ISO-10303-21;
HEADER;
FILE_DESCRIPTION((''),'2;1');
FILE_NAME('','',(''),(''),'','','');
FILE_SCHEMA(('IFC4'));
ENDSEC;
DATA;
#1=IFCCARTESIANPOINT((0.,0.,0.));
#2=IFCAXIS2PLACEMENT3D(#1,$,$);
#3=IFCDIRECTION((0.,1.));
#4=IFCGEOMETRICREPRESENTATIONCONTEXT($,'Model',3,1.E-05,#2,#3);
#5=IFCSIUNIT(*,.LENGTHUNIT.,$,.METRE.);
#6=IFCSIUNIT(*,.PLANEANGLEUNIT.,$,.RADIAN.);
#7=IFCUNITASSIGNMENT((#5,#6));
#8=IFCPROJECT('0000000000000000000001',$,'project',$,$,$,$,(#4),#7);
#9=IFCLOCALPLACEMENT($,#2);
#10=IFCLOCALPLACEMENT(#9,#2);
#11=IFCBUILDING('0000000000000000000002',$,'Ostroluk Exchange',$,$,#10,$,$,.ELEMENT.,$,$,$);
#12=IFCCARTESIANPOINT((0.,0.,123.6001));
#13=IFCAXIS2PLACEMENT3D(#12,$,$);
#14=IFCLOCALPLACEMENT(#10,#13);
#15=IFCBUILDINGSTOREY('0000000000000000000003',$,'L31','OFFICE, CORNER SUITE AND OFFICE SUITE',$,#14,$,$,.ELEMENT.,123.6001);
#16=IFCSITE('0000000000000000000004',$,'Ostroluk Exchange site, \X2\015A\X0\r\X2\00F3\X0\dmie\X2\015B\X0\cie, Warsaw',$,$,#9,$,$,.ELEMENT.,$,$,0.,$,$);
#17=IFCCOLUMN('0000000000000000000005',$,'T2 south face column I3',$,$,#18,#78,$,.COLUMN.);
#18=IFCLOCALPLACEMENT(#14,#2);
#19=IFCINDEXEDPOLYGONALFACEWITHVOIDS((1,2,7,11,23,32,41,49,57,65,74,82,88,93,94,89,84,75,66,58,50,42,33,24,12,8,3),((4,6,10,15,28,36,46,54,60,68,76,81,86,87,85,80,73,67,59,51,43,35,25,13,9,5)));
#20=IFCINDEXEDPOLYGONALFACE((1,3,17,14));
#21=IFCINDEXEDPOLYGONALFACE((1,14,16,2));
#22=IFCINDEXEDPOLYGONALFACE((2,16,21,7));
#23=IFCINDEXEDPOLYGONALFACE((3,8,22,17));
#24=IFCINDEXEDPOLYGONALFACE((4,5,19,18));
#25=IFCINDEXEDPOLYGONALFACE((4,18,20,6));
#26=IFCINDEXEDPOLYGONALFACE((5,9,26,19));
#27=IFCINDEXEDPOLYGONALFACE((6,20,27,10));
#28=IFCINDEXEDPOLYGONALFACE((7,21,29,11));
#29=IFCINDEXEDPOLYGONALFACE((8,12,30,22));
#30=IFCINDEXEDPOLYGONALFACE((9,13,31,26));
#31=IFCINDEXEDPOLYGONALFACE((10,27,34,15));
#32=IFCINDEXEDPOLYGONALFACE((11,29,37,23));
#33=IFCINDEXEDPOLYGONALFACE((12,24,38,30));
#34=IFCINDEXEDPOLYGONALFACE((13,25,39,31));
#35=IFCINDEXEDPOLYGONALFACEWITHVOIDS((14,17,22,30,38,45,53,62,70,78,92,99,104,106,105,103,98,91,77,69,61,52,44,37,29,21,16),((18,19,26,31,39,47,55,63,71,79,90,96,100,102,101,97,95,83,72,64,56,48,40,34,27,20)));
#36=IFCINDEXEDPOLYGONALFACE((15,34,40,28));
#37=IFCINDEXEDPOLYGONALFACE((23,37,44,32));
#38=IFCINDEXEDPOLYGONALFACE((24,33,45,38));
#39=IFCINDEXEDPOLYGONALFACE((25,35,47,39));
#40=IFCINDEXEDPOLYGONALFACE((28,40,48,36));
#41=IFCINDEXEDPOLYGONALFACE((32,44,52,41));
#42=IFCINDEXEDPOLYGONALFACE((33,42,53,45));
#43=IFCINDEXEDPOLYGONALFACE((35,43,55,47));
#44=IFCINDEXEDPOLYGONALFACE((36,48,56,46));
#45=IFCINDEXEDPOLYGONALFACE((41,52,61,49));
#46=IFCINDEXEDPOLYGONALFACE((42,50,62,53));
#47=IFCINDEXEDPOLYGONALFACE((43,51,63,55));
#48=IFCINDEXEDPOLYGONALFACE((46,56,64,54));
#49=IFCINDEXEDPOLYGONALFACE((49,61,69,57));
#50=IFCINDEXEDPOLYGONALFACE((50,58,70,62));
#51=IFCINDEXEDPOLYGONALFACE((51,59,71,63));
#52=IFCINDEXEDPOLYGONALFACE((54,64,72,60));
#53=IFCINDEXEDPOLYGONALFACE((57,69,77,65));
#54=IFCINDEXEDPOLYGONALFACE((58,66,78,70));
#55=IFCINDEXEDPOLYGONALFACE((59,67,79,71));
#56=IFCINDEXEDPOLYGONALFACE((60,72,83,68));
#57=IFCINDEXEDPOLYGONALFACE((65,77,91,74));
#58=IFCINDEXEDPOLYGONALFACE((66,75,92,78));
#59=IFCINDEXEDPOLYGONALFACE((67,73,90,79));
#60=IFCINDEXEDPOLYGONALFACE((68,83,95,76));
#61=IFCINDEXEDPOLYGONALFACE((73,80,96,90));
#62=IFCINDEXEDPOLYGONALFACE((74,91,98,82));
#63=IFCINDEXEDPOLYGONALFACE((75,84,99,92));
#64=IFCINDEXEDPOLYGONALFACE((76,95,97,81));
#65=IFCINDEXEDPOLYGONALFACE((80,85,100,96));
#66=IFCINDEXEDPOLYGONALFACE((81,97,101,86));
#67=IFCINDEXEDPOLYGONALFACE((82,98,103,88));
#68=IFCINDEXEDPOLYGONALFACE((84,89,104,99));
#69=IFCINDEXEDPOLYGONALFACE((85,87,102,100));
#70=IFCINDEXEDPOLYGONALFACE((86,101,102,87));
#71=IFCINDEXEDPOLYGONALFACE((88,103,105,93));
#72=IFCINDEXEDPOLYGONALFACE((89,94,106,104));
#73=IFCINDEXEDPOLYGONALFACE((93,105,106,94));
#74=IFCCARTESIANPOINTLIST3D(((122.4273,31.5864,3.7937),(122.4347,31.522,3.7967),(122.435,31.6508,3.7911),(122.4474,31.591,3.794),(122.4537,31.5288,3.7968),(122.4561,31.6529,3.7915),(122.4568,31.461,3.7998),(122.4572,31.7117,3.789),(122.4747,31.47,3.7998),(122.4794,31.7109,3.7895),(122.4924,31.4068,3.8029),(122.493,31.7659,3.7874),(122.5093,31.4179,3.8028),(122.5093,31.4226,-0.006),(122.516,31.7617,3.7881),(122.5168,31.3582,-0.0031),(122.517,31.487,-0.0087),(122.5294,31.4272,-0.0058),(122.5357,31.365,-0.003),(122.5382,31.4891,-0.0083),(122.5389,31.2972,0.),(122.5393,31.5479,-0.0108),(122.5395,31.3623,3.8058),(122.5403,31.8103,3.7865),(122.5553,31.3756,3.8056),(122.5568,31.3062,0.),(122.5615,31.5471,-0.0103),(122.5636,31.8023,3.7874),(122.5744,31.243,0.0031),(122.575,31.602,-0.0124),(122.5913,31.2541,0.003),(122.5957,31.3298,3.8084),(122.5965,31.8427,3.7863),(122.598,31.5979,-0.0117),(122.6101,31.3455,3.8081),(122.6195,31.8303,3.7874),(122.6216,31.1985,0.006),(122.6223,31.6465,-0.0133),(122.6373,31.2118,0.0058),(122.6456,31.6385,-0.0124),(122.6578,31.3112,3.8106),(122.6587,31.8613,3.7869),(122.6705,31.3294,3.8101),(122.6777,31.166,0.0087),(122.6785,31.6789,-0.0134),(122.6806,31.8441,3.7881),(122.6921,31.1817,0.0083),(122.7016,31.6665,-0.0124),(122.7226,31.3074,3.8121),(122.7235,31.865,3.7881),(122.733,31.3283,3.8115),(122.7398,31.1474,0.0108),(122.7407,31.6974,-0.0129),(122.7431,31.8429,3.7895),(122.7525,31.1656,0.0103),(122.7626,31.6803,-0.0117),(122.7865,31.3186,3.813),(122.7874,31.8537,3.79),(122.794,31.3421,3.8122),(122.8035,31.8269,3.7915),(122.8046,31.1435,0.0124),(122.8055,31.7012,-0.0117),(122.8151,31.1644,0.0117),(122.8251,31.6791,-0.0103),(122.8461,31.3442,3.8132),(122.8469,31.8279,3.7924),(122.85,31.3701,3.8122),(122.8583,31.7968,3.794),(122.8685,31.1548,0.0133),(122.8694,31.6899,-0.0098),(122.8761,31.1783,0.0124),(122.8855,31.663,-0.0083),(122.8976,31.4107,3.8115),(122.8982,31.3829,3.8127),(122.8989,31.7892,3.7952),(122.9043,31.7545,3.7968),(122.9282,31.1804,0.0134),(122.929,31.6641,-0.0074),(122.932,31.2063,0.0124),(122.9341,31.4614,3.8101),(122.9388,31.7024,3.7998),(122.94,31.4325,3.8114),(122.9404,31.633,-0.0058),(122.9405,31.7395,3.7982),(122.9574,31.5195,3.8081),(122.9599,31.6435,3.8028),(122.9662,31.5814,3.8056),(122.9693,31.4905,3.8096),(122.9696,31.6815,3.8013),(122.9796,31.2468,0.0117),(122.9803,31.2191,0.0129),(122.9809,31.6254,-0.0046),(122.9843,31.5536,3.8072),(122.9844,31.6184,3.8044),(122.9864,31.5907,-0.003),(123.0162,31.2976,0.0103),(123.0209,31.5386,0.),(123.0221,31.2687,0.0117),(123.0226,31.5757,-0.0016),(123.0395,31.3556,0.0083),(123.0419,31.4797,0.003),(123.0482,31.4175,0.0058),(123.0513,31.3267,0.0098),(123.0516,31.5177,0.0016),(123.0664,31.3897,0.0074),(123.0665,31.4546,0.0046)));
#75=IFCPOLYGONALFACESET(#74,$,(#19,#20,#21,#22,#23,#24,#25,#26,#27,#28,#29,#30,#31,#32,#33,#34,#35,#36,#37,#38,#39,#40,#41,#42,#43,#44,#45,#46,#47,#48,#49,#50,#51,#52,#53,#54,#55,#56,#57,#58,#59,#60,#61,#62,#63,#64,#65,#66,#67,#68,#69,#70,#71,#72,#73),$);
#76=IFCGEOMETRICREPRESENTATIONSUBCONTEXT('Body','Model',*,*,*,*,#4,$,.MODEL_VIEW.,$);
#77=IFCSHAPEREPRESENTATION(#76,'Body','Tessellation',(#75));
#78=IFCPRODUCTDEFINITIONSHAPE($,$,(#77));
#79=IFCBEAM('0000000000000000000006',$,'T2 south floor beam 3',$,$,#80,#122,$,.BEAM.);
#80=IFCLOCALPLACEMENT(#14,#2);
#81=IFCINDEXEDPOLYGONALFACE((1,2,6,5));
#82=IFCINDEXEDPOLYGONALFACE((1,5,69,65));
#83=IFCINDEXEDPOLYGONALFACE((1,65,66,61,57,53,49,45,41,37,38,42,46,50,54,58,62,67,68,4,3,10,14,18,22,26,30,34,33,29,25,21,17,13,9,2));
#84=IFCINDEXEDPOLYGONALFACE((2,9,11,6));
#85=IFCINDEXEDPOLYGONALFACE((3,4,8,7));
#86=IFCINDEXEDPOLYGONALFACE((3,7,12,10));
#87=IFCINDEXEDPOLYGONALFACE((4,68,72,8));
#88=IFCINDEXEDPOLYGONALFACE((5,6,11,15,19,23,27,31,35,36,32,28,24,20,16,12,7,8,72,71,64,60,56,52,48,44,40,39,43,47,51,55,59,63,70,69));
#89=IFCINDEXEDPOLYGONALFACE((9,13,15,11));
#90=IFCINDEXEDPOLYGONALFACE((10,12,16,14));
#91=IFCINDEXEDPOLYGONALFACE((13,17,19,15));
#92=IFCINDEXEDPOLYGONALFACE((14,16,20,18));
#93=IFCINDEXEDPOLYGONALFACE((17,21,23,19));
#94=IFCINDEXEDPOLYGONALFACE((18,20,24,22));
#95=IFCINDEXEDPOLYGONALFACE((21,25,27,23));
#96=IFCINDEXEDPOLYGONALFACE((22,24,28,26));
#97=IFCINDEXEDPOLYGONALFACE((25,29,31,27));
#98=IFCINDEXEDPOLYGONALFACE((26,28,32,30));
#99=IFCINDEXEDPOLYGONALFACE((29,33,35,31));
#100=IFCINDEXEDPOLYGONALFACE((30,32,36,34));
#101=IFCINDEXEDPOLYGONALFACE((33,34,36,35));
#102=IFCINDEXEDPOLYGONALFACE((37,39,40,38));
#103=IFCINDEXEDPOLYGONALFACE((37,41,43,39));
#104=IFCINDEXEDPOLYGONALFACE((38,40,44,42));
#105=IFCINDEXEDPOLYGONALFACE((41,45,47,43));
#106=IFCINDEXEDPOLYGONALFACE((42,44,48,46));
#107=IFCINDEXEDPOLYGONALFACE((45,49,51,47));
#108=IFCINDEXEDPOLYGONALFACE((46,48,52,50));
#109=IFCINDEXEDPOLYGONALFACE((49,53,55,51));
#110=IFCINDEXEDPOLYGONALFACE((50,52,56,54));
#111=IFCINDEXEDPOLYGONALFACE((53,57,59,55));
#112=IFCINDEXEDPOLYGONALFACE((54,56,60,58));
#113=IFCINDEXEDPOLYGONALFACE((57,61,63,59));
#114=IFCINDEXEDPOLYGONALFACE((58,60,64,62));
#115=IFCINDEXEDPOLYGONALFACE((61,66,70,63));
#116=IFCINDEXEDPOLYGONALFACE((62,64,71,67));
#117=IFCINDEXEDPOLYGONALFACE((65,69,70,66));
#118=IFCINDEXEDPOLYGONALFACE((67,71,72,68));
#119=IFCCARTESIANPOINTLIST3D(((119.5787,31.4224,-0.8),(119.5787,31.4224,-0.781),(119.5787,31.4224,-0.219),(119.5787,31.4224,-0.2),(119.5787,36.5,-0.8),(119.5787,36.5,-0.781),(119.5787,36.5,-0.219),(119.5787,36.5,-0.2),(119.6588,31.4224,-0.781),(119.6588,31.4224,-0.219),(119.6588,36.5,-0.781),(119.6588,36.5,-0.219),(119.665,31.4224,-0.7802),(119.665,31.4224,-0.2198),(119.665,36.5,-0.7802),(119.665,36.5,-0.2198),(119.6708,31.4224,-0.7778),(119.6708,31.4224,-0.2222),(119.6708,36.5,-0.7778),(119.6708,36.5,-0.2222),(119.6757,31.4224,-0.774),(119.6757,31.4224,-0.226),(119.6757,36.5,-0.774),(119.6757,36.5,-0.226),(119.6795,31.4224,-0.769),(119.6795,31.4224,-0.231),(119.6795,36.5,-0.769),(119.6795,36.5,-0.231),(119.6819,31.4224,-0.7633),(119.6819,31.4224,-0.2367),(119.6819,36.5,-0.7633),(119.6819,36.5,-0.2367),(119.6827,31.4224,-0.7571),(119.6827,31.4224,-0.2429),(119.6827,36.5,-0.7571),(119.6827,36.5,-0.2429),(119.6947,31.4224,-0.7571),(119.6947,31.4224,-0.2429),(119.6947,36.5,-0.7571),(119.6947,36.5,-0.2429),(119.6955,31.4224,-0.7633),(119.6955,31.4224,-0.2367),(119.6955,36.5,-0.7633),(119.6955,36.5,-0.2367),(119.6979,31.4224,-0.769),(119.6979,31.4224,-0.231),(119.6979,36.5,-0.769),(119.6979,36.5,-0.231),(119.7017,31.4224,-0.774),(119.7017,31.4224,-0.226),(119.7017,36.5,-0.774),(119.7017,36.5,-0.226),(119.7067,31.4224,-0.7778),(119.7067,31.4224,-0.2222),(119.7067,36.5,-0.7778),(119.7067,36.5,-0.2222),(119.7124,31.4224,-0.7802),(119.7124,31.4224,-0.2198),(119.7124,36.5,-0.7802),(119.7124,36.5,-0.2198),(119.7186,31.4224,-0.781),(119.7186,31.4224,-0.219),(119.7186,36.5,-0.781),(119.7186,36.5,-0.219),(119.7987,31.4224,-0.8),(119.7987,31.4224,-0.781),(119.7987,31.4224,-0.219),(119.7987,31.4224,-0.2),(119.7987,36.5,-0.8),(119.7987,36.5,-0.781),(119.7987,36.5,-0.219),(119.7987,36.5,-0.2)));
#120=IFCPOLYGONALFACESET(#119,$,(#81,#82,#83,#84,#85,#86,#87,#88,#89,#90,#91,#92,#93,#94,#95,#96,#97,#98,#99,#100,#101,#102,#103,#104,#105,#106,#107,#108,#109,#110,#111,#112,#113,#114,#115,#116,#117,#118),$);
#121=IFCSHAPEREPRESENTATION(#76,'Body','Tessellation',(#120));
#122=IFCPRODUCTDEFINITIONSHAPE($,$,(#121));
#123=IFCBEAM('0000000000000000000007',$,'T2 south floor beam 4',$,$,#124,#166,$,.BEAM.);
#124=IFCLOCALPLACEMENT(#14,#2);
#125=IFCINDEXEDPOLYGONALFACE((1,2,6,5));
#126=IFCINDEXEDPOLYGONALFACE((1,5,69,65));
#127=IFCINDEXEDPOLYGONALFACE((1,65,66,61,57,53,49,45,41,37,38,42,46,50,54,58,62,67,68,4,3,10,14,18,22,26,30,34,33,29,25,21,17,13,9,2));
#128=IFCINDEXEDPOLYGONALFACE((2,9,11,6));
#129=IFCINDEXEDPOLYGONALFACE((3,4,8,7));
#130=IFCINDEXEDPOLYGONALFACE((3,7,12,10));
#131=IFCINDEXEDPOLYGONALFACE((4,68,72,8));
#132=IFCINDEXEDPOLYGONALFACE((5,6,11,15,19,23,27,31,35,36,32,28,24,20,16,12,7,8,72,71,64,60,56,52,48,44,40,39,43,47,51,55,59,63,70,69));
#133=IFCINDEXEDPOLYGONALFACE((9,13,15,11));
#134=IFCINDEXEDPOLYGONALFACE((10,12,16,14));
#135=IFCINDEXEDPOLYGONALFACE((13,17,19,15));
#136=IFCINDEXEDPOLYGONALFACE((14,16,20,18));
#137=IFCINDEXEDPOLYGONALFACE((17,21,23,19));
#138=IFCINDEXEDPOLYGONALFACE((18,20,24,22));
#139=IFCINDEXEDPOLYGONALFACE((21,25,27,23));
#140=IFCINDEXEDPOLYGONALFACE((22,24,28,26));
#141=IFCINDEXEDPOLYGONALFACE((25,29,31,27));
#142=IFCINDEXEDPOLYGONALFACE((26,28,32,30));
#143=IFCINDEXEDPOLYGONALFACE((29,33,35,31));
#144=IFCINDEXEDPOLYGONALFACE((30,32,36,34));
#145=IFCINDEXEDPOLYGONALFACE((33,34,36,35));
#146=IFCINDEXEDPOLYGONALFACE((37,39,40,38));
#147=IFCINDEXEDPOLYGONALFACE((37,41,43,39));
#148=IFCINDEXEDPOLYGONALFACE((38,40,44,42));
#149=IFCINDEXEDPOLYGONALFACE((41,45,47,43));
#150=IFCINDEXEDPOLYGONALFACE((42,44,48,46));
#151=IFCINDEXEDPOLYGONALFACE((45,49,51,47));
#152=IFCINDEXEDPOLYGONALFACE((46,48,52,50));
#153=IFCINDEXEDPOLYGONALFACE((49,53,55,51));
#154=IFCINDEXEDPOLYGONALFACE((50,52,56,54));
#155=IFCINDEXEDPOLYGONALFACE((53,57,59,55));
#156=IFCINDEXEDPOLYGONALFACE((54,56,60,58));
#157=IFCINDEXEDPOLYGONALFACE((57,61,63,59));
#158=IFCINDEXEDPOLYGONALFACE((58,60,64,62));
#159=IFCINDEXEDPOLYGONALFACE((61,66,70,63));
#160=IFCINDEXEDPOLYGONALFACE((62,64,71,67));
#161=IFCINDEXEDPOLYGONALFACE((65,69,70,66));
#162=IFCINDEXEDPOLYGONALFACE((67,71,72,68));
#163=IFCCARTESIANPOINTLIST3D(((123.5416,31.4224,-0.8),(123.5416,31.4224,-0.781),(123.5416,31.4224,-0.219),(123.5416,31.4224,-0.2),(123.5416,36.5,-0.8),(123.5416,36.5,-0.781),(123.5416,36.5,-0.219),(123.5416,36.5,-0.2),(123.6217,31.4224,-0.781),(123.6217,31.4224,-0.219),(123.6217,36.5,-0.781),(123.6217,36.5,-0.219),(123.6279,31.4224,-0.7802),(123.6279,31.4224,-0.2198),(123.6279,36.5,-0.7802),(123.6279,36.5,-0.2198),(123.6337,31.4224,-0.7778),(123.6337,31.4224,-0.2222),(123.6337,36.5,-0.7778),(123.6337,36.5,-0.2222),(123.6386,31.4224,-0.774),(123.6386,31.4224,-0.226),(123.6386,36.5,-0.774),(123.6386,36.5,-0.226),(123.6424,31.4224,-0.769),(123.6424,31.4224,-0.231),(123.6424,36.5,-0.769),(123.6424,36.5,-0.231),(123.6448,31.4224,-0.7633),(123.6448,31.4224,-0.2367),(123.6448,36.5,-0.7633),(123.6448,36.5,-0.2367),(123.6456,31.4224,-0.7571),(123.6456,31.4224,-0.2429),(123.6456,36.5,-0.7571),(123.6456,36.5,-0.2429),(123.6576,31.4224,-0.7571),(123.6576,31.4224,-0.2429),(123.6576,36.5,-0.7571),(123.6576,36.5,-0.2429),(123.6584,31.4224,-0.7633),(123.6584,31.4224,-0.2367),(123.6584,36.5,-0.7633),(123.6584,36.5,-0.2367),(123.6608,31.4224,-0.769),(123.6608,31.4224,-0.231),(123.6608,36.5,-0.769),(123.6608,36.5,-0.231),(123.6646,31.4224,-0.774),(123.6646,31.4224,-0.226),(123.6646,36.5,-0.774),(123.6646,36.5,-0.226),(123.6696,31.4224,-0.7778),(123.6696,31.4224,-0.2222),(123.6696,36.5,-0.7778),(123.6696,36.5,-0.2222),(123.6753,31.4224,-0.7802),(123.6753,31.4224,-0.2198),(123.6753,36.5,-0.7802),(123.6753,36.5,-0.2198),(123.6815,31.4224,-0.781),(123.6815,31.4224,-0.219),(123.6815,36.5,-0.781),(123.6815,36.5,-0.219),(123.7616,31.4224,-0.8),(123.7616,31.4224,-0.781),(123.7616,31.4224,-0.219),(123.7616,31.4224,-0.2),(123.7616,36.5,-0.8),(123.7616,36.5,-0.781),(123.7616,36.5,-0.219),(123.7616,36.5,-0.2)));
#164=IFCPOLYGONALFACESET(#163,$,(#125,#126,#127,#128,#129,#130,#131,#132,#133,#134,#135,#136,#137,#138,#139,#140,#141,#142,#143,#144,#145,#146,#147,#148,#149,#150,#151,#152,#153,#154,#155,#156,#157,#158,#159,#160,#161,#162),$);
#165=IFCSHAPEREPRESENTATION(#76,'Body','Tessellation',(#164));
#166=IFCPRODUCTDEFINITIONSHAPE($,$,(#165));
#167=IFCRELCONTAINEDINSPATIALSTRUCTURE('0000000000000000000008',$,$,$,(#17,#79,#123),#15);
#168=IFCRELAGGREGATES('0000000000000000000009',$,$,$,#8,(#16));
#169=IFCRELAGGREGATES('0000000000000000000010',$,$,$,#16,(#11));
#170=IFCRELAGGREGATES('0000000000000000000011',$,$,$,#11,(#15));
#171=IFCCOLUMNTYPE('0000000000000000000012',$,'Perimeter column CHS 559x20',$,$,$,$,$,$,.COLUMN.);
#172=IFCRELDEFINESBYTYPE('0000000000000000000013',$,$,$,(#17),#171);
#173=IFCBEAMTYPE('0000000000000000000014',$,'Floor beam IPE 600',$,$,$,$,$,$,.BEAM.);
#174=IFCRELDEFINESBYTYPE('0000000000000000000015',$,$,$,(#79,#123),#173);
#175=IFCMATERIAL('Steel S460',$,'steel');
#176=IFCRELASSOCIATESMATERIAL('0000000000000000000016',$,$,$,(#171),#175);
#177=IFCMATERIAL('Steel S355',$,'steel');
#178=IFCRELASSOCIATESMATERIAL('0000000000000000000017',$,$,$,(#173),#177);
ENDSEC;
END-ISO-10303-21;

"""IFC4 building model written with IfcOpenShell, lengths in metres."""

from ifc_helpers import new_model, si_unit, direction, frame, origin, origin_2d, place, context, subcontext, project, spatial, hollow_circle, i_section, extrude, material, material_profile, profile_set, type_object, element, save


model = new_model("IFC4")

# Units and contexts
model_context = context("Model", 3, precision=1e-05, world=origin(), true_north=direction((0.0, 1.0)))
body_context = subcontext(model_context, "Body", "Model", "MODEL_VIEW")
ifc_project = project(units=[si_unit("LENGTHUNIT", "METRE"), si_unit("PLANEANGLEUNIT", "RADIAN")], contexts=[model_context])

# Site, building, storey
site_placement = place(None, origin())
site = spatial("IfcSite", under=ifc_project, at=site_placement, Name="Ostroluk Exchange site, Śródmieście, Warsaw", CompositionType="ELEMENT", RefElevation=0.0)
building_placement = place(site_placement, origin())
building = spatial("IfcBuilding", under=site, at=building_placement, Name="Ostroluk Exchange", CompositionType="ELEMENT")
storey_placement = place(building_placement, frame((0.0, 0.0, 123.6001)))
storey = spatial("IfcBuildingStorey", under=building, at=storey_placement, Name="L31", Description="OFFICE, CORNER SUITE AND OFFICE SUITE", CompositionType="ELEMENT", Elevation=123.6001)

# Column
ifc_material_1 = material(Name="Steel S460", Category="steel")
ifc_material_profile_1 = material_profile(ifc_material_1, hollow_circle(Radius=0.2795, WallThickness=0.02, at=origin_2d()), Name="CHS 559x20")
ifc_profile_set_1 = profile_set([ifc_material_profile_1], Name="Steel S460")
column_type = type_object("IfcColumnType", Name="Perimeter column CHS 559x20", PredefinedType="COLUMN", material=ifc_profile_set_1)
column_placement = place(storey_placement, frame((122.7888, 31.4224, 0.0), z_axis=(-0.021563, 0.043062, 0.99884), x_axis=(-0.894161, -0.447747, 0.0)))
element("IfcColumn", 1, at=column_placement, inside=storey, type_object=column_type, Name="T2 south face column I3", PredefinedType="COLUMN", context=body_context, shape_type="SweptSolid", body=[
    extrude(hollow_circle(Radius=0.2795, WallThickness=0.02, at=origin_2d()), origin(), (0.0, 0.0, 1.0), 3.8042),
])

# Beams
ifc_material_2 = material(Name="Steel S355", Category="steel")
ifc_material_profile_2 = material_profile(ifc_material_2, i_section(OverallWidth=0.22, OverallDepth=0.6001, WebThickness=0.012, FlangeThickness=0.019, FilletRadius=0.0239, at=origin_2d()), Name="IPE 600")
ifc_profile_set_2 = profile_set([ifc_material_profile_2], Name="Steel S355")
beam_type_1 = type_object("IfcBeamType", Name="Floor beam IPE 600", PredefinedType="BEAM", material=ifc_profile_set_2)
for number, where, z_axis, x_axis, name in (
    (2, (119.6887, 36.5, -0.5), (0.0, -1.0, 0.0), (1.0, 0.0, 0.0), "T2 south floor beam 3"),
    (3, (123.6516, 36.5, -0.5), (0.0, -1.0, 0.0), (1.0, 0.0, 0.0), "T2 south floor beam 4"),
):
    element("IfcBeam", number, at=place(storey_placement, frame(where, z_axis=z_axis, x_axis=x_axis)), inside=storey, type_object=beam_type_1, Name=name, PredefinedType="BEAM", context=body_context, shape_type="SweptSolid", body=[
        extrude(i_section(OverallWidth=0.22, OverallDepth=0.6001, WebThickness=0.012, FlangeThickness=0.019, FilletRadius=0.0239, at=origin_2d()), origin(), (0.0, 0.0, 1.0), 5.0776),
    ])

save(model, "model.ifc")
